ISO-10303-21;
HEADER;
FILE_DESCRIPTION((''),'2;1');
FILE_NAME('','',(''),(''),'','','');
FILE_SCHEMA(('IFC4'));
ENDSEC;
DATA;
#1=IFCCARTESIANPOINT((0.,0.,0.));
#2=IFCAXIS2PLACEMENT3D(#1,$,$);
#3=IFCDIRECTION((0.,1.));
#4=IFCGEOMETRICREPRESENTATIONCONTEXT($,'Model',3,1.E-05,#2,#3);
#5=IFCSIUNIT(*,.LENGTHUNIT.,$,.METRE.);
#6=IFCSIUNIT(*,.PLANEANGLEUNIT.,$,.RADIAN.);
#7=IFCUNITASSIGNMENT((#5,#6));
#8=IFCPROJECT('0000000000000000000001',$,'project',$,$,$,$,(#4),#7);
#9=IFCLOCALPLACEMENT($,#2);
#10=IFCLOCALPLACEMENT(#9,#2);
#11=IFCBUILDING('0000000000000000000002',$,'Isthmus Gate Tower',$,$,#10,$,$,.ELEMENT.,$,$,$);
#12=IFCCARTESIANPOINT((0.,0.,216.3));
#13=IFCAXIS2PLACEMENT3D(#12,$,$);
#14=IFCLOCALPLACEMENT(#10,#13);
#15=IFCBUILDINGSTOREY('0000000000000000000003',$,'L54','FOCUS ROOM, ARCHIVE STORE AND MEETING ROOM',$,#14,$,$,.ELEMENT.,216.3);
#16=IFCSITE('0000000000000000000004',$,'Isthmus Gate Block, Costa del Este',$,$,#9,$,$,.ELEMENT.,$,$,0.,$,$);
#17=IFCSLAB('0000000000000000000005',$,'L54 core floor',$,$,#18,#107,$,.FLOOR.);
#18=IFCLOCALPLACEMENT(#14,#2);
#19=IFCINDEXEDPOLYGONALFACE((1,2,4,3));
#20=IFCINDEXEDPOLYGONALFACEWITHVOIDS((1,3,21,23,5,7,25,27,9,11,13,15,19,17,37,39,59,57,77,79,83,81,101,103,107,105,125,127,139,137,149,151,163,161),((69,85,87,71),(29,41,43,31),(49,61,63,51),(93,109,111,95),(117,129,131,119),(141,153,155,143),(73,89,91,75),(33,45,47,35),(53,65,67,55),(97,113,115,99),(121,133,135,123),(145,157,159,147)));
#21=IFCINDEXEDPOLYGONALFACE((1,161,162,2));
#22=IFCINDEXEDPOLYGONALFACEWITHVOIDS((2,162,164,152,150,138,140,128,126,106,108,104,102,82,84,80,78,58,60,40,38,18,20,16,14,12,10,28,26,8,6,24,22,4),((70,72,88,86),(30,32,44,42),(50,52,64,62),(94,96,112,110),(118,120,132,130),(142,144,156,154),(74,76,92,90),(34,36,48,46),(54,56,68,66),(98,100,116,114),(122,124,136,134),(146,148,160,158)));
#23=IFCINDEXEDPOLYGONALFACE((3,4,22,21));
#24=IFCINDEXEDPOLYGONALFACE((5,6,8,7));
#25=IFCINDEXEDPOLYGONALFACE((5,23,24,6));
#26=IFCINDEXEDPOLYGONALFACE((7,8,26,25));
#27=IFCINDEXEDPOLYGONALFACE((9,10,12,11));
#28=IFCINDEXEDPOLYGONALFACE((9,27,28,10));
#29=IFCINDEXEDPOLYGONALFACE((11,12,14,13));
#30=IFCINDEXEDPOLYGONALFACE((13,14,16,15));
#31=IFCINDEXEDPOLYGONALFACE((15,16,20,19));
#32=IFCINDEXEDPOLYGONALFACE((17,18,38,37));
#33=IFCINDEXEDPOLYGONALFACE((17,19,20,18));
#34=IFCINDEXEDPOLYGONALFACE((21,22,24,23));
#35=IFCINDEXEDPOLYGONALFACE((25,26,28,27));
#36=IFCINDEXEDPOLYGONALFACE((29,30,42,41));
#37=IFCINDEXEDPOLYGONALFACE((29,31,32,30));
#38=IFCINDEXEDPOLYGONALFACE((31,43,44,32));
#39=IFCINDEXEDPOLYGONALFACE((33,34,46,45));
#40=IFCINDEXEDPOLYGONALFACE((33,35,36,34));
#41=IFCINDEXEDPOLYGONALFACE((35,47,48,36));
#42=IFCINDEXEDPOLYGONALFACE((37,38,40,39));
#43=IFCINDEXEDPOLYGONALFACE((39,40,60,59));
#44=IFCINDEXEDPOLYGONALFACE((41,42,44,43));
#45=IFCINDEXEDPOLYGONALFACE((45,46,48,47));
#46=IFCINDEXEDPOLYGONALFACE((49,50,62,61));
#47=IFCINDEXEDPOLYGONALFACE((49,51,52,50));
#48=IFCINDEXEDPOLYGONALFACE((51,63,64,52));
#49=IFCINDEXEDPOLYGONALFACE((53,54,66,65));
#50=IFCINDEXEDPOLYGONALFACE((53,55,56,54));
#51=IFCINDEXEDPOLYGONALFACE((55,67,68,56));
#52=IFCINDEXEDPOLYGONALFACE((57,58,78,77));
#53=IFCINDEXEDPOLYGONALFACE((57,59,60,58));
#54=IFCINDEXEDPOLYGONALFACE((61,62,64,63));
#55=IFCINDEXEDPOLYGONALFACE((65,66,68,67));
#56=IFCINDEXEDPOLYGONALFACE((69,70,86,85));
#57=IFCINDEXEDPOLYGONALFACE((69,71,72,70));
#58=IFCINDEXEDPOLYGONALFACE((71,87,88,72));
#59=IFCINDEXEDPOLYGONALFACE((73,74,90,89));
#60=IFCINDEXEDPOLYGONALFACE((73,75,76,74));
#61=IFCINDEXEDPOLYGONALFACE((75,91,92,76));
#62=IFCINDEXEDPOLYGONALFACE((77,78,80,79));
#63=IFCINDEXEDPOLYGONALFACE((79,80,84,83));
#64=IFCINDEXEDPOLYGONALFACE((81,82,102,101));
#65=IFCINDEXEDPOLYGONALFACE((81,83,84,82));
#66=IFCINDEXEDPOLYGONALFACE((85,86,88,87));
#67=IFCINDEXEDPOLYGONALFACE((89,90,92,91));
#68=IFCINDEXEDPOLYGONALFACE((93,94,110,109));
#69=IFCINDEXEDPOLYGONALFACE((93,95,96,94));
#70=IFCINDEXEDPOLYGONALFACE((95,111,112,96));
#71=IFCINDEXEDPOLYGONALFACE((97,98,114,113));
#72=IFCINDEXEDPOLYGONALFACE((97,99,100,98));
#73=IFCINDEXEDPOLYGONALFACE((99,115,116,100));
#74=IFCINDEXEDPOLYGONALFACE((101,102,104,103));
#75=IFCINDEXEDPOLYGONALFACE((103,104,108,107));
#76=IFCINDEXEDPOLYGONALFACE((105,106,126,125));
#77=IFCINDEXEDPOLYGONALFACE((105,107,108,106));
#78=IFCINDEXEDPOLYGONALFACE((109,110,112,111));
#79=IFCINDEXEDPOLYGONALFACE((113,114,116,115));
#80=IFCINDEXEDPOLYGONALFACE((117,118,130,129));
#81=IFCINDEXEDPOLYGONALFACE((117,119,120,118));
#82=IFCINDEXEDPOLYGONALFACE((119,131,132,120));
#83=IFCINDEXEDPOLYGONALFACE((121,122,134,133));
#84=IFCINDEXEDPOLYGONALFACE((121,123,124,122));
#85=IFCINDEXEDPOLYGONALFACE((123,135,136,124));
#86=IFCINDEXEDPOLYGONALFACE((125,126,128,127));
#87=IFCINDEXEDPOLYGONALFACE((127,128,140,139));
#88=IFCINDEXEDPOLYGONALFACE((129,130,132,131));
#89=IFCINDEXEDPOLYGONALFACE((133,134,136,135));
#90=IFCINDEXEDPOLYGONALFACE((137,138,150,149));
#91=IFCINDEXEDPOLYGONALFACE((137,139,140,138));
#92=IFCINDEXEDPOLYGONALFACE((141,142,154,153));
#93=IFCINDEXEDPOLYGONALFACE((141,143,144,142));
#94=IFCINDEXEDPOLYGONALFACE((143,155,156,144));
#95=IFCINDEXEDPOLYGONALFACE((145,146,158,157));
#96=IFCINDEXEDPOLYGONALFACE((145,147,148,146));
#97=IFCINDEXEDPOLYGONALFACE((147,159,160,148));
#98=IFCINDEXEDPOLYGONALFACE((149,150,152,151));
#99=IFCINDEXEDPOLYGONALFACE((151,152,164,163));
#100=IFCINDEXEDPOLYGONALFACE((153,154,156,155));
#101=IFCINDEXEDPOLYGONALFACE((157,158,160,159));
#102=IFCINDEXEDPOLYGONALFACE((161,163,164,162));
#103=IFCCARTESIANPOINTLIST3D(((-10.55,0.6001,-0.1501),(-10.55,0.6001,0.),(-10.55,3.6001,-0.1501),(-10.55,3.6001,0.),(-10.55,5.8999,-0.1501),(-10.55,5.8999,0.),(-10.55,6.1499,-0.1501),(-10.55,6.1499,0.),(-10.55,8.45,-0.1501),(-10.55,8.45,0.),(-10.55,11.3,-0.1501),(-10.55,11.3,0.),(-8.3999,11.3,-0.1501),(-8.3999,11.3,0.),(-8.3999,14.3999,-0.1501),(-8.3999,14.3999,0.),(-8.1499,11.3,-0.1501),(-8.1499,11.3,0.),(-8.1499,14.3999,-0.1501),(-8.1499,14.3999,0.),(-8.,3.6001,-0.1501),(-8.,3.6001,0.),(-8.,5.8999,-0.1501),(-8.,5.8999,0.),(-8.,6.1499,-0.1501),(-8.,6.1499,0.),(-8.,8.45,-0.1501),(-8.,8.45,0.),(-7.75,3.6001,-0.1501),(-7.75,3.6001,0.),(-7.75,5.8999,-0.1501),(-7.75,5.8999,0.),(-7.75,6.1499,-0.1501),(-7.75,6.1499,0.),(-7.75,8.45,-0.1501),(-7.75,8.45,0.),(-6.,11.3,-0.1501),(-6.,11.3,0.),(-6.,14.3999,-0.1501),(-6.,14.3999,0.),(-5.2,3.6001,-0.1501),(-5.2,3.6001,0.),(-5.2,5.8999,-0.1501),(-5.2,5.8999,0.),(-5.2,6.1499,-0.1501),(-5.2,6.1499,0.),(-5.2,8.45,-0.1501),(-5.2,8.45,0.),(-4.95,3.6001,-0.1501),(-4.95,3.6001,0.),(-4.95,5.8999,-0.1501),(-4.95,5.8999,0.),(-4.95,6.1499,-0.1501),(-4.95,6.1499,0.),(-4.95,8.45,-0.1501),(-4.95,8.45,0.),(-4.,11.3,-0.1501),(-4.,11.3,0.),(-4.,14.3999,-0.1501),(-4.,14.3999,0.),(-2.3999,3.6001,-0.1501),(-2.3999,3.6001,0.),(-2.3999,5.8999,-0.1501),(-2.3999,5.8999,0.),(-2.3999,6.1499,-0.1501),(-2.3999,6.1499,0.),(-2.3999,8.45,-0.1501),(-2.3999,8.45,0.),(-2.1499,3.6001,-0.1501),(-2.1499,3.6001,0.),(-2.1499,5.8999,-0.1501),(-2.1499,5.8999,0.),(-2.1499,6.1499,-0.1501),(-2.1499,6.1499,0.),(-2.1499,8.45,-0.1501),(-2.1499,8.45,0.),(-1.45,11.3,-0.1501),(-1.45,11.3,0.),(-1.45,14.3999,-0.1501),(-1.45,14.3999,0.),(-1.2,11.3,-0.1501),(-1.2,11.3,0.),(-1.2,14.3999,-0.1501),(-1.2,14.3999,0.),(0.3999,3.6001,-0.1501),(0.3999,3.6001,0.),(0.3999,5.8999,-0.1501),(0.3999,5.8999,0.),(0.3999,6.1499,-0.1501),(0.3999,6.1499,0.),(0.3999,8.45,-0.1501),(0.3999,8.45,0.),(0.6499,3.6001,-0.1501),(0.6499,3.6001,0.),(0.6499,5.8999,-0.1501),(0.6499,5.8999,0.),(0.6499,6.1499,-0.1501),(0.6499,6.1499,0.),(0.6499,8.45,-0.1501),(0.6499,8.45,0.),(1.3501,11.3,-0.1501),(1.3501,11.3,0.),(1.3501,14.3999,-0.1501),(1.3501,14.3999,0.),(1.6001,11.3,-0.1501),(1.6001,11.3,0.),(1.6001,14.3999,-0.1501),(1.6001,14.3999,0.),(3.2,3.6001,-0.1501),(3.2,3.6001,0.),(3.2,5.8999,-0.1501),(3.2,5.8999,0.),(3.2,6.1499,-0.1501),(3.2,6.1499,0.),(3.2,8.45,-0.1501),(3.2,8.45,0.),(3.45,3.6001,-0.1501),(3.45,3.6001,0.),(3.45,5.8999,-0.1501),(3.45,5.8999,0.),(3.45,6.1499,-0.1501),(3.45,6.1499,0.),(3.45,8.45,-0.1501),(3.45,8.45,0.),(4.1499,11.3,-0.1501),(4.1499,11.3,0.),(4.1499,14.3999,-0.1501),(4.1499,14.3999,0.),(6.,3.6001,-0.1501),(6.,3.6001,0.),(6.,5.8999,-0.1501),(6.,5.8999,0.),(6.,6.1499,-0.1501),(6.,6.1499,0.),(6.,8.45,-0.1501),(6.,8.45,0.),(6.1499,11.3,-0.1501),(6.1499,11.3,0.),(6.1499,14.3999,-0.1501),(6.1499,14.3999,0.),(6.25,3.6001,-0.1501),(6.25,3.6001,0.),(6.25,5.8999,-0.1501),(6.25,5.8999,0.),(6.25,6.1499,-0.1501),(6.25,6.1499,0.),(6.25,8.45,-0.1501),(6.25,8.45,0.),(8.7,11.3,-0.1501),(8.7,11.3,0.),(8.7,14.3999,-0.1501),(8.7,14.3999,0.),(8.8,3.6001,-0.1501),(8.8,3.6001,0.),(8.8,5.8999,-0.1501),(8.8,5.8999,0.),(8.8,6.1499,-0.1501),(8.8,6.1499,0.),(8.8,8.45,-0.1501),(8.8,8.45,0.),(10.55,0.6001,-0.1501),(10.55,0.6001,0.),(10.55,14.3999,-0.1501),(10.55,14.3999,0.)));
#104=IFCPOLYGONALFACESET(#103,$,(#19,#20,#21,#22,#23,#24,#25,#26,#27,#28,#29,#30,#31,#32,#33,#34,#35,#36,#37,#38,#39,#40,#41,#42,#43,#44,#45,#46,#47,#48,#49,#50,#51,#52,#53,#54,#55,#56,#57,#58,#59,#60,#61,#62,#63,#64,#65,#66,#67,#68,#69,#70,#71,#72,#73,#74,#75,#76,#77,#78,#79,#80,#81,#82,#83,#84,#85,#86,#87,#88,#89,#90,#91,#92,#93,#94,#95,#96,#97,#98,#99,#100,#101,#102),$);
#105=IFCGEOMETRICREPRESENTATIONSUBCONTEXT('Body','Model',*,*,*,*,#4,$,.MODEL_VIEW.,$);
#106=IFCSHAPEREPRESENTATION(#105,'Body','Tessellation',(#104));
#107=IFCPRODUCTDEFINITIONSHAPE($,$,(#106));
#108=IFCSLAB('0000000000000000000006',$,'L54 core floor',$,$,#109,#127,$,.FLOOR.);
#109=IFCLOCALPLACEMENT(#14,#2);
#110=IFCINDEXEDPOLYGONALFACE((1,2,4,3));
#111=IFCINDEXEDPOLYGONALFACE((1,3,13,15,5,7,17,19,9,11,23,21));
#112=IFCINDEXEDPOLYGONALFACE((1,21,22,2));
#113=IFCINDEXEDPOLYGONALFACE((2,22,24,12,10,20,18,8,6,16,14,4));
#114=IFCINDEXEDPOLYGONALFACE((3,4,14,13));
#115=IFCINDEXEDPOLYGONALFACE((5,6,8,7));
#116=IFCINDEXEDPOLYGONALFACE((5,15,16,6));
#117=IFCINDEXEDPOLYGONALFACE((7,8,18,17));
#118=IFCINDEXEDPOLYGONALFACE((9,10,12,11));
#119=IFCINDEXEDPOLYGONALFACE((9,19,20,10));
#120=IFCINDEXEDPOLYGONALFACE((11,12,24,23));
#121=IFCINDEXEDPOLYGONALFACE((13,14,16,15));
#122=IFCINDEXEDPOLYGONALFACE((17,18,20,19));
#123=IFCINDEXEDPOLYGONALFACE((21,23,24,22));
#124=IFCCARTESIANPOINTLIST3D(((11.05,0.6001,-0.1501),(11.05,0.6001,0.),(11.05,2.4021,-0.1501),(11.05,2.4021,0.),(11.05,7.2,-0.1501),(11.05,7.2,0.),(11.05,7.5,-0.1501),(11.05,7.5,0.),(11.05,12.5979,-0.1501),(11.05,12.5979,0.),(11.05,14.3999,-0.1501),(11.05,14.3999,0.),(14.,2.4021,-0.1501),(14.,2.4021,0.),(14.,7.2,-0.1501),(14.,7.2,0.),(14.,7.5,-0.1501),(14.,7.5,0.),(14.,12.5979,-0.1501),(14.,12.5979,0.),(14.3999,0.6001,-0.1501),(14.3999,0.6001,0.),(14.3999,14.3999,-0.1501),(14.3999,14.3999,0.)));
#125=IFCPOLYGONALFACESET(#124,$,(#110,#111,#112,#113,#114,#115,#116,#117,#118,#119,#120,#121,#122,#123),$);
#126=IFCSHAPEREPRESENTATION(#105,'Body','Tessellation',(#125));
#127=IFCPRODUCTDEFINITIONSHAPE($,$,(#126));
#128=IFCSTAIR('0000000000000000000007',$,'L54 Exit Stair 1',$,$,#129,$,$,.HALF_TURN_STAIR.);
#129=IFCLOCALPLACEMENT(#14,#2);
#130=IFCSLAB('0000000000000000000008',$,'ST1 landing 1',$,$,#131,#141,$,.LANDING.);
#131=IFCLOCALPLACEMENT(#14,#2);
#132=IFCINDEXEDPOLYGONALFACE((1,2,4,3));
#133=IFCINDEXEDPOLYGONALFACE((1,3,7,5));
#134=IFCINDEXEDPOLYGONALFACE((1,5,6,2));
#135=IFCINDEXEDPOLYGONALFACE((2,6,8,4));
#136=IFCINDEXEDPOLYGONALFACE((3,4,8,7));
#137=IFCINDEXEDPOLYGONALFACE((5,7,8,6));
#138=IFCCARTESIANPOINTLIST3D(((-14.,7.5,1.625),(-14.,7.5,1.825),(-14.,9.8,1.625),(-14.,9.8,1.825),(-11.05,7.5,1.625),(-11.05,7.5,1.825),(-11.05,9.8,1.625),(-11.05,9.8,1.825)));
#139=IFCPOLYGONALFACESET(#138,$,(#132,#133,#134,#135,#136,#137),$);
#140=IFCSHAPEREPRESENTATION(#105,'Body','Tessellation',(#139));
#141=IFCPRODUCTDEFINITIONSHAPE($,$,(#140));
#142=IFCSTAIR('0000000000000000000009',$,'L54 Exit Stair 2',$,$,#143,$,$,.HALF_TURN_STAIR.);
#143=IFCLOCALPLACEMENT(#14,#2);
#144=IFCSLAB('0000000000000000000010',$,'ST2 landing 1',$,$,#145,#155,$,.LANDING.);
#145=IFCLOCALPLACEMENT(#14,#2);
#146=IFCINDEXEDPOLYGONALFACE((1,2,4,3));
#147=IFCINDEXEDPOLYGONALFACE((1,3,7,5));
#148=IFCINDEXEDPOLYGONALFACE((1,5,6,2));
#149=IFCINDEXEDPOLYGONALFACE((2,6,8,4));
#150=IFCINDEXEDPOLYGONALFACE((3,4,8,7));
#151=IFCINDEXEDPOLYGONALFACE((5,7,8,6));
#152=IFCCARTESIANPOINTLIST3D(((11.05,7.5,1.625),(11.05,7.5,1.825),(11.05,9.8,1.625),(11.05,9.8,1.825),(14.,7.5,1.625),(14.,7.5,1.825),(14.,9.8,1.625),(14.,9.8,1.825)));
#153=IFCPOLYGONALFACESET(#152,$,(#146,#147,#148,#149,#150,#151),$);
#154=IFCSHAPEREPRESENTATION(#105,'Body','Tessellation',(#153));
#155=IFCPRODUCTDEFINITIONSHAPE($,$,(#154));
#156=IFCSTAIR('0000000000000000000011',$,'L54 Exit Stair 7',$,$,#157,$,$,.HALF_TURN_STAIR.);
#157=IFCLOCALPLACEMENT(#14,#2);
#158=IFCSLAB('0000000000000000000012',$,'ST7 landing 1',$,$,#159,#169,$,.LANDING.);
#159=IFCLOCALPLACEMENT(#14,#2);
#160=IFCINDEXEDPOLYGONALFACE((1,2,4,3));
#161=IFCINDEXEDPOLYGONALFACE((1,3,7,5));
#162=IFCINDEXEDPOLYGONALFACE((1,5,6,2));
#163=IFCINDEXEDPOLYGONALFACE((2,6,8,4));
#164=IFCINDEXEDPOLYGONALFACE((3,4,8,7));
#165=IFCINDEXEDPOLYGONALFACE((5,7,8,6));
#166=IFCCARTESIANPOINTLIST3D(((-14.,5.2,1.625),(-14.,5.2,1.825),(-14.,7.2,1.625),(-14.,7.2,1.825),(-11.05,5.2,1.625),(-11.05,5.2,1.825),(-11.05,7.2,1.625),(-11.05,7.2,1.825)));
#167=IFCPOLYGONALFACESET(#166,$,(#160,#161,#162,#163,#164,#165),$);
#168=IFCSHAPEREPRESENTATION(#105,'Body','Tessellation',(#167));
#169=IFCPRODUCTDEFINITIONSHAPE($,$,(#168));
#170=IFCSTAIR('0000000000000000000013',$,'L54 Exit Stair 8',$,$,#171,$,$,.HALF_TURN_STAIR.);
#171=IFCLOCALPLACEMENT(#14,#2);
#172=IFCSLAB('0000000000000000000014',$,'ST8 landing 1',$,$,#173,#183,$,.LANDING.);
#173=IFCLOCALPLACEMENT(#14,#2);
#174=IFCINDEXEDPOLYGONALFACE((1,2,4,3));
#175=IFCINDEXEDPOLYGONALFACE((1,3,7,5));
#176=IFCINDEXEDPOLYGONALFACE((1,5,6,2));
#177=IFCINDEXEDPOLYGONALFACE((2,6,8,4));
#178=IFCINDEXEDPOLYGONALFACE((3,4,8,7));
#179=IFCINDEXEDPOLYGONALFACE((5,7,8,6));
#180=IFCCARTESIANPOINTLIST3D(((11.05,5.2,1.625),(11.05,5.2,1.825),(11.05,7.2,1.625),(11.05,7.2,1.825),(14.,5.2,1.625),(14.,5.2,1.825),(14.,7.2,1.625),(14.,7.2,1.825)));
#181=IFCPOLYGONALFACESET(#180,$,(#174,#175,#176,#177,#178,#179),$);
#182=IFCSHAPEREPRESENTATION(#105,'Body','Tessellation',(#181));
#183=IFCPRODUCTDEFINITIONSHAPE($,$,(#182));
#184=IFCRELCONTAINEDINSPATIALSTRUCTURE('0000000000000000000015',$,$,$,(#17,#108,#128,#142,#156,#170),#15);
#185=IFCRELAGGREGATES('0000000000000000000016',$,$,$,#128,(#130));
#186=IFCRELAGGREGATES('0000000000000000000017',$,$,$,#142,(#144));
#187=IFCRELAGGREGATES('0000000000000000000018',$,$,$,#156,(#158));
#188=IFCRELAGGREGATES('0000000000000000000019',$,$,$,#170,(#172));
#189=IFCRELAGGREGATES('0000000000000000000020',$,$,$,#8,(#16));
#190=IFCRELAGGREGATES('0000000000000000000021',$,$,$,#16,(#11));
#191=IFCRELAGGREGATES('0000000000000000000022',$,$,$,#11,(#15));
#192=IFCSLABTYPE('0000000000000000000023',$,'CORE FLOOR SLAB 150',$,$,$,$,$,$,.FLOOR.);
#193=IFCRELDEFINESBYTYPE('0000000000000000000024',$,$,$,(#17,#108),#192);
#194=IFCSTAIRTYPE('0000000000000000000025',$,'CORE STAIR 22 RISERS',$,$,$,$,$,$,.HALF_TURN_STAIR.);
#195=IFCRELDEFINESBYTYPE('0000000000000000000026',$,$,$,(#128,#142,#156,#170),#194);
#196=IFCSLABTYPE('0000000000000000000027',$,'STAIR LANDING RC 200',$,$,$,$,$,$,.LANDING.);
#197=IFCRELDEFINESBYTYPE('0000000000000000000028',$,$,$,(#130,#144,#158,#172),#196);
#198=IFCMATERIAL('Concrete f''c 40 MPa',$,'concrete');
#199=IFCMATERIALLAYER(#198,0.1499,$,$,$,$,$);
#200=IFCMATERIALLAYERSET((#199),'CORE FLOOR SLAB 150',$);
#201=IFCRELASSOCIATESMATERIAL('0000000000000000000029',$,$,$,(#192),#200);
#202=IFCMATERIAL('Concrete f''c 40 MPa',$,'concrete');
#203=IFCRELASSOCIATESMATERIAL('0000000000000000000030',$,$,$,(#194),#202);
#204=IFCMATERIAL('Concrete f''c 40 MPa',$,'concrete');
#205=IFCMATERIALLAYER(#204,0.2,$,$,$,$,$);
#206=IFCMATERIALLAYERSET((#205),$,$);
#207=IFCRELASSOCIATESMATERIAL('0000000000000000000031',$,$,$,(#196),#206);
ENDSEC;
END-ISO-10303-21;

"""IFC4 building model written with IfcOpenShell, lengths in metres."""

from ifc_helpers import new_model, si_unit, direction, frame, origin, place, context, subcontext, project, spatial, polyline, outline, extrude, material, layer, layer_set, type_object, element, aggregate, save


model = new_model("IFC4")

# Units and contexts
model_context = context("Model", 3, precision=1e-05, world=origin(), true_north=direction((0.0, 1.0)))
body_context = subcontext(model_context, "Body", "Model", "MODEL_VIEW")
ifc_project = project(units=[si_unit("LENGTHUNIT", "METRE"), si_unit("PLANEANGLEUNIT", "RADIAN")], contexts=[model_context])

# Site, building, storey
site_placement = place(None, origin())
site = spatial("IfcSite", under=ifc_project, at=site_placement, Name="Isthmus Gate Block, Costa del Este", CompositionType="ELEMENT", RefElevation=0.0)
building_placement = place(site_placement, origin())
building = spatial("IfcBuilding", under=site, at=building_placement, Name="Isthmus Gate Tower", CompositionType="ELEMENT")
storey_placement = place(building_placement, frame((0.0, 0.0, 216.3)))
storey = spatial("IfcBuildingStorey", under=building, at=storey_placement, Name="L54", Description="FOCUS ROOM, ARCHIVE STORE AND MEETING ROOM", CompositionType="ELEMENT", Elevation=216.3)

# Slabs
ifc_material_1 = material(Name="Concrete f'c 40 MPa", Category="concrete")
ifc_layer_1 = layer(ifc_material_1, 0.1499)
ifc_layer_set_1 = layer_set([ifc_layer_1], Name="CORE FLOOR SLAB 150")
slab_type_1 = type_object("IfcSlabType", Name="CORE FLOOR SLAB 150", PredefinedType="FLOOR", material=ifc_layer_set_1)
slab_1_placement = place(storey_placement, frame((0.0, 0.0, -0.1501)))
element("IfcSlab", 1, at=slab_1_placement, inside=storey, type_object=slab_type_1, Name="L54 core floor", PredefinedType="FLOOR", context=body_context, shape_type="SweptSolid", body=[
    extrude(outline(polyline([(10.55, 14.3999), (8.7, 14.3999), (8.7, 11.3), (6.1499, 11.3), (6.1499, 14.3999), (4.1499, 14.3999), (4.1499, 11.3), (1.6001, 11.3), (1.6001, 14.3999), (1.3501, 14.3999), (1.3501, 11.3), (-1.2, 11.3), (-1.2, 14.3999), (-1.45, 14.3999), (-1.45, 11.3), (-4.0, 11.3), (-4.0, 14.3999), (-6.0, 14.3999), (-6.0, 11.3), (-8.1499, 11.3), (-8.1499, 14.3999), (-8.3999, 14.3999), (-8.3999, 11.3), (-10.55, 11.3), (-10.55, 8.45), (-8.0, 8.45), (-8.0, 6.1499), (-10.55, 6.1499), (-10.55, 5.8999), (-8.0, 5.8999), (-8.0, 3.6001), (-10.55, 3.6001), (-10.55, 0.6001), (10.55, 0.6001), (10.55, 14.3999)]), holes=[polyline([(-5.2, 3.6001), (-7.75, 3.6001), (-7.75, 5.8999), (-5.2, 5.8999), (-5.2, 3.6001)]), polyline([(-2.3999, 3.6001), (-4.95, 3.6001), (-4.95, 5.8999), (-2.3999, 5.8999), (-2.3999, 3.6001)]), polyline([(-5.2, 6.1499), (-7.75, 6.1499), (-7.75, 8.45), (-5.2, 8.45), (-5.2, 6.1499)]), polyline([(-2.3999, 8.45), (-2.3999, 6.1499), (-4.95, 6.1499), (-4.95, 8.45), (-2.3999, 8.45)]), polyline([(0.3999, 6.1499), (-2.1499, 6.1499), (-2.1499, 8.45), (0.3999, 8.45), (0.3999, 6.1499)]), polyline([(0.3999, 5.8999), (0.3999, 3.6001), (-2.1499, 3.6001), (-2.1499, 5.8999), (0.3999, 5.8999)]), polyline([(3.2, 3.6001), (0.6499, 3.6001), (0.6499, 5.8999), (3.2, 5.8999), (3.2, 3.6001)]), polyline([(6.0, 3.6001), (3.45, 3.6001), (3.45, 5.8999), (6.0, 5.8999), (6.0, 3.6001)]), polyline([(8.8, 5.8999), (8.8, 3.6001), (6.25, 3.6001), (6.25, 5.8999), (8.8, 5.8999)]), polyline([(3.2, 6.1499), (0.6499, 6.1499), (0.6499, 8.45), (3.2, 8.45), (3.2, 6.1499)]), polyline([(6.0, 8.45), (6.0, 6.1499), (3.45, 6.1499), (3.45, 8.45), (6.0, 8.45)]), polyline([(8.8, 6.1499), (6.25, 6.1499), (6.25, 8.45), (8.8, 8.45), (8.8, 6.1499)])]), origin(), (0.0, 0.0, 1.0), 0.1501),
])
slab_2_placement = place(storey_placement, frame((0.0, 0.0, -0.1501)))
element("IfcSlab", 2, at=slab_2_placement, inside=storey, type_object=slab_type_1, Name="L54 core floor", PredefinedType="FLOOR", context=body_context, shape_type="SweptSolid", body=[
    extrude(outline(polyline([(11.05, 14.3999), (11.05, 12.5979), (14.0, 12.5979), (14.0, 7.5), (11.05, 7.5), (11.05, 7.2), (14.0, 7.2), (14.0, 2.4021), (11.05, 2.4021), (11.05, 0.6001), (14.3999, 0.6001), (14.3999, 14.3999), (11.05, 14.3999)])), origin(), (0.0, 0.0, 1.0), 0.1501),
])

# Stairs, slabs
ifc_material_2 = material(Name="Concrete f'c 40 MPa", Category="concrete")
stair_type = type_object("IfcStairType", Name="CORE STAIR 22 RISERS", PredefinedType="HALF_TURN_STAIR", material=ifc_material_2)
stair_1_placement = place(storey_placement, origin())
stair_1 = element("IfcStair", 3, at=stair_1_placement, inside=storey, type_object=stair_type, Name="L54 Exit Stair 1", PredefinedType="HALF_TURN_STAIR")
ifc_material_3 = material(Name="Concrete f'c 40 MPa", Category="concrete")
ifc_layer_2 = layer(ifc_material_3, 0.2)
ifc_layer_set_2 = layer_set([ifc_layer_2])
slab_type_2 = type_object("IfcSlabType", Name="STAIR LANDING RC 200", PredefinedType="LANDING", material=ifc_layer_set_2)
slab_3_placement = place(storey_placement, frame((0.0, 0.0, 1.625)))
slab_3 = element("IfcSlab", 4, at=slab_3_placement, type_object=slab_type_2, Name="ST1 landing 1", PredefinedType="LANDING", context=body_context, shape_type="SweptSolid", body=[
    extrude(outline(polyline([(-14.0, 9.8), (-14.0, 7.5), (-11.05, 7.5), (-11.05, 9.8), (-14.0, 9.8)])), origin(), (0.0, 0.0, 1.0), 0.2),
])
aggregate(stair_1, [slab_3])
stair_2_placement = place(storey_placement, origin())
stair_2 = element("IfcStair", 5, at=stair_2_placement, inside=storey, type_object=stair_type, Name="L54 Exit Stair 2", PredefinedType="HALF_TURN_STAIR")
slab_4_placement = place(storey_placement, frame((0.0, 0.0, 1.625)))
slab_4 = element("IfcSlab", 6, at=slab_4_placement, type_object=slab_type_2, Name="ST2 landing 1", PredefinedType="LANDING", context=body_context, shape_type="SweptSolid", body=[
    extrude(outline(polyline([(11.05, 9.8), (11.05, 7.5), (14.0, 7.5), (14.0, 9.8), (11.05, 9.8)])), origin(), (0.0, 0.0, 1.0), 0.2),
])
aggregate(stair_2, [slab_4])
stair_3_placement = place(storey_placement, origin())
stair_3 = element("IfcStair", 7, at=stair_3_placement, inside=storey, type_object=stair_type, Name="L54 Exit Stair 7", PredefinedType="HALF_TURN_STAIR")
slab_5_placement = place(storey_placement, frame((0.0, 0.0, 1.625)))
slab_5 = element("IfcSlab", 8, at=slab_5_placement, type_object=slab_type_2, Name="ST7 landing 1", PredefinedType="LANDING", context=body_context, shape_type="SweptSolid", body=[
    extrude(outline(polyline([(-11.05, 5.2), (-11.05, 7.2), (-14.0, 7.2), (-14.0, 5.2), (-11.05, 5.2)])), origin(), (0.0, 0.0, 1.0), 0.2),
])
aggregate(stair_3, [slab_5])
stair_4_placement = place(storey_placement, origin())
stair_4 = element("IfcStair", 9, at=stair_4_placement, inside=storey, type_object=stair_type, Name="L54 Exit Stair 8", PredefinedType="HALF_TURN_STAIR")
slab_6_placement = place(storey_placement, frame((0.0, 0.0, 1.625)))
slab_6 = element("IfcSlab", 10, at=slab_6_placement, type_object=slab_type_2, Name="ST8 landing 1", PredefinedType="LANDING", context=body_context, shape_type="SweptSolid", body=[
    extrude(outline(polyline([(14.0, 5.2), (14.0, 7.2), (11.05, 7.2), (11.05, 5.2), (14.0, 5.2)])), origin(), (0.0, 0.0, 1.0), 0.2),
])
aggregate(stair_4, [slab_6])

save(model, "model.ifc")
